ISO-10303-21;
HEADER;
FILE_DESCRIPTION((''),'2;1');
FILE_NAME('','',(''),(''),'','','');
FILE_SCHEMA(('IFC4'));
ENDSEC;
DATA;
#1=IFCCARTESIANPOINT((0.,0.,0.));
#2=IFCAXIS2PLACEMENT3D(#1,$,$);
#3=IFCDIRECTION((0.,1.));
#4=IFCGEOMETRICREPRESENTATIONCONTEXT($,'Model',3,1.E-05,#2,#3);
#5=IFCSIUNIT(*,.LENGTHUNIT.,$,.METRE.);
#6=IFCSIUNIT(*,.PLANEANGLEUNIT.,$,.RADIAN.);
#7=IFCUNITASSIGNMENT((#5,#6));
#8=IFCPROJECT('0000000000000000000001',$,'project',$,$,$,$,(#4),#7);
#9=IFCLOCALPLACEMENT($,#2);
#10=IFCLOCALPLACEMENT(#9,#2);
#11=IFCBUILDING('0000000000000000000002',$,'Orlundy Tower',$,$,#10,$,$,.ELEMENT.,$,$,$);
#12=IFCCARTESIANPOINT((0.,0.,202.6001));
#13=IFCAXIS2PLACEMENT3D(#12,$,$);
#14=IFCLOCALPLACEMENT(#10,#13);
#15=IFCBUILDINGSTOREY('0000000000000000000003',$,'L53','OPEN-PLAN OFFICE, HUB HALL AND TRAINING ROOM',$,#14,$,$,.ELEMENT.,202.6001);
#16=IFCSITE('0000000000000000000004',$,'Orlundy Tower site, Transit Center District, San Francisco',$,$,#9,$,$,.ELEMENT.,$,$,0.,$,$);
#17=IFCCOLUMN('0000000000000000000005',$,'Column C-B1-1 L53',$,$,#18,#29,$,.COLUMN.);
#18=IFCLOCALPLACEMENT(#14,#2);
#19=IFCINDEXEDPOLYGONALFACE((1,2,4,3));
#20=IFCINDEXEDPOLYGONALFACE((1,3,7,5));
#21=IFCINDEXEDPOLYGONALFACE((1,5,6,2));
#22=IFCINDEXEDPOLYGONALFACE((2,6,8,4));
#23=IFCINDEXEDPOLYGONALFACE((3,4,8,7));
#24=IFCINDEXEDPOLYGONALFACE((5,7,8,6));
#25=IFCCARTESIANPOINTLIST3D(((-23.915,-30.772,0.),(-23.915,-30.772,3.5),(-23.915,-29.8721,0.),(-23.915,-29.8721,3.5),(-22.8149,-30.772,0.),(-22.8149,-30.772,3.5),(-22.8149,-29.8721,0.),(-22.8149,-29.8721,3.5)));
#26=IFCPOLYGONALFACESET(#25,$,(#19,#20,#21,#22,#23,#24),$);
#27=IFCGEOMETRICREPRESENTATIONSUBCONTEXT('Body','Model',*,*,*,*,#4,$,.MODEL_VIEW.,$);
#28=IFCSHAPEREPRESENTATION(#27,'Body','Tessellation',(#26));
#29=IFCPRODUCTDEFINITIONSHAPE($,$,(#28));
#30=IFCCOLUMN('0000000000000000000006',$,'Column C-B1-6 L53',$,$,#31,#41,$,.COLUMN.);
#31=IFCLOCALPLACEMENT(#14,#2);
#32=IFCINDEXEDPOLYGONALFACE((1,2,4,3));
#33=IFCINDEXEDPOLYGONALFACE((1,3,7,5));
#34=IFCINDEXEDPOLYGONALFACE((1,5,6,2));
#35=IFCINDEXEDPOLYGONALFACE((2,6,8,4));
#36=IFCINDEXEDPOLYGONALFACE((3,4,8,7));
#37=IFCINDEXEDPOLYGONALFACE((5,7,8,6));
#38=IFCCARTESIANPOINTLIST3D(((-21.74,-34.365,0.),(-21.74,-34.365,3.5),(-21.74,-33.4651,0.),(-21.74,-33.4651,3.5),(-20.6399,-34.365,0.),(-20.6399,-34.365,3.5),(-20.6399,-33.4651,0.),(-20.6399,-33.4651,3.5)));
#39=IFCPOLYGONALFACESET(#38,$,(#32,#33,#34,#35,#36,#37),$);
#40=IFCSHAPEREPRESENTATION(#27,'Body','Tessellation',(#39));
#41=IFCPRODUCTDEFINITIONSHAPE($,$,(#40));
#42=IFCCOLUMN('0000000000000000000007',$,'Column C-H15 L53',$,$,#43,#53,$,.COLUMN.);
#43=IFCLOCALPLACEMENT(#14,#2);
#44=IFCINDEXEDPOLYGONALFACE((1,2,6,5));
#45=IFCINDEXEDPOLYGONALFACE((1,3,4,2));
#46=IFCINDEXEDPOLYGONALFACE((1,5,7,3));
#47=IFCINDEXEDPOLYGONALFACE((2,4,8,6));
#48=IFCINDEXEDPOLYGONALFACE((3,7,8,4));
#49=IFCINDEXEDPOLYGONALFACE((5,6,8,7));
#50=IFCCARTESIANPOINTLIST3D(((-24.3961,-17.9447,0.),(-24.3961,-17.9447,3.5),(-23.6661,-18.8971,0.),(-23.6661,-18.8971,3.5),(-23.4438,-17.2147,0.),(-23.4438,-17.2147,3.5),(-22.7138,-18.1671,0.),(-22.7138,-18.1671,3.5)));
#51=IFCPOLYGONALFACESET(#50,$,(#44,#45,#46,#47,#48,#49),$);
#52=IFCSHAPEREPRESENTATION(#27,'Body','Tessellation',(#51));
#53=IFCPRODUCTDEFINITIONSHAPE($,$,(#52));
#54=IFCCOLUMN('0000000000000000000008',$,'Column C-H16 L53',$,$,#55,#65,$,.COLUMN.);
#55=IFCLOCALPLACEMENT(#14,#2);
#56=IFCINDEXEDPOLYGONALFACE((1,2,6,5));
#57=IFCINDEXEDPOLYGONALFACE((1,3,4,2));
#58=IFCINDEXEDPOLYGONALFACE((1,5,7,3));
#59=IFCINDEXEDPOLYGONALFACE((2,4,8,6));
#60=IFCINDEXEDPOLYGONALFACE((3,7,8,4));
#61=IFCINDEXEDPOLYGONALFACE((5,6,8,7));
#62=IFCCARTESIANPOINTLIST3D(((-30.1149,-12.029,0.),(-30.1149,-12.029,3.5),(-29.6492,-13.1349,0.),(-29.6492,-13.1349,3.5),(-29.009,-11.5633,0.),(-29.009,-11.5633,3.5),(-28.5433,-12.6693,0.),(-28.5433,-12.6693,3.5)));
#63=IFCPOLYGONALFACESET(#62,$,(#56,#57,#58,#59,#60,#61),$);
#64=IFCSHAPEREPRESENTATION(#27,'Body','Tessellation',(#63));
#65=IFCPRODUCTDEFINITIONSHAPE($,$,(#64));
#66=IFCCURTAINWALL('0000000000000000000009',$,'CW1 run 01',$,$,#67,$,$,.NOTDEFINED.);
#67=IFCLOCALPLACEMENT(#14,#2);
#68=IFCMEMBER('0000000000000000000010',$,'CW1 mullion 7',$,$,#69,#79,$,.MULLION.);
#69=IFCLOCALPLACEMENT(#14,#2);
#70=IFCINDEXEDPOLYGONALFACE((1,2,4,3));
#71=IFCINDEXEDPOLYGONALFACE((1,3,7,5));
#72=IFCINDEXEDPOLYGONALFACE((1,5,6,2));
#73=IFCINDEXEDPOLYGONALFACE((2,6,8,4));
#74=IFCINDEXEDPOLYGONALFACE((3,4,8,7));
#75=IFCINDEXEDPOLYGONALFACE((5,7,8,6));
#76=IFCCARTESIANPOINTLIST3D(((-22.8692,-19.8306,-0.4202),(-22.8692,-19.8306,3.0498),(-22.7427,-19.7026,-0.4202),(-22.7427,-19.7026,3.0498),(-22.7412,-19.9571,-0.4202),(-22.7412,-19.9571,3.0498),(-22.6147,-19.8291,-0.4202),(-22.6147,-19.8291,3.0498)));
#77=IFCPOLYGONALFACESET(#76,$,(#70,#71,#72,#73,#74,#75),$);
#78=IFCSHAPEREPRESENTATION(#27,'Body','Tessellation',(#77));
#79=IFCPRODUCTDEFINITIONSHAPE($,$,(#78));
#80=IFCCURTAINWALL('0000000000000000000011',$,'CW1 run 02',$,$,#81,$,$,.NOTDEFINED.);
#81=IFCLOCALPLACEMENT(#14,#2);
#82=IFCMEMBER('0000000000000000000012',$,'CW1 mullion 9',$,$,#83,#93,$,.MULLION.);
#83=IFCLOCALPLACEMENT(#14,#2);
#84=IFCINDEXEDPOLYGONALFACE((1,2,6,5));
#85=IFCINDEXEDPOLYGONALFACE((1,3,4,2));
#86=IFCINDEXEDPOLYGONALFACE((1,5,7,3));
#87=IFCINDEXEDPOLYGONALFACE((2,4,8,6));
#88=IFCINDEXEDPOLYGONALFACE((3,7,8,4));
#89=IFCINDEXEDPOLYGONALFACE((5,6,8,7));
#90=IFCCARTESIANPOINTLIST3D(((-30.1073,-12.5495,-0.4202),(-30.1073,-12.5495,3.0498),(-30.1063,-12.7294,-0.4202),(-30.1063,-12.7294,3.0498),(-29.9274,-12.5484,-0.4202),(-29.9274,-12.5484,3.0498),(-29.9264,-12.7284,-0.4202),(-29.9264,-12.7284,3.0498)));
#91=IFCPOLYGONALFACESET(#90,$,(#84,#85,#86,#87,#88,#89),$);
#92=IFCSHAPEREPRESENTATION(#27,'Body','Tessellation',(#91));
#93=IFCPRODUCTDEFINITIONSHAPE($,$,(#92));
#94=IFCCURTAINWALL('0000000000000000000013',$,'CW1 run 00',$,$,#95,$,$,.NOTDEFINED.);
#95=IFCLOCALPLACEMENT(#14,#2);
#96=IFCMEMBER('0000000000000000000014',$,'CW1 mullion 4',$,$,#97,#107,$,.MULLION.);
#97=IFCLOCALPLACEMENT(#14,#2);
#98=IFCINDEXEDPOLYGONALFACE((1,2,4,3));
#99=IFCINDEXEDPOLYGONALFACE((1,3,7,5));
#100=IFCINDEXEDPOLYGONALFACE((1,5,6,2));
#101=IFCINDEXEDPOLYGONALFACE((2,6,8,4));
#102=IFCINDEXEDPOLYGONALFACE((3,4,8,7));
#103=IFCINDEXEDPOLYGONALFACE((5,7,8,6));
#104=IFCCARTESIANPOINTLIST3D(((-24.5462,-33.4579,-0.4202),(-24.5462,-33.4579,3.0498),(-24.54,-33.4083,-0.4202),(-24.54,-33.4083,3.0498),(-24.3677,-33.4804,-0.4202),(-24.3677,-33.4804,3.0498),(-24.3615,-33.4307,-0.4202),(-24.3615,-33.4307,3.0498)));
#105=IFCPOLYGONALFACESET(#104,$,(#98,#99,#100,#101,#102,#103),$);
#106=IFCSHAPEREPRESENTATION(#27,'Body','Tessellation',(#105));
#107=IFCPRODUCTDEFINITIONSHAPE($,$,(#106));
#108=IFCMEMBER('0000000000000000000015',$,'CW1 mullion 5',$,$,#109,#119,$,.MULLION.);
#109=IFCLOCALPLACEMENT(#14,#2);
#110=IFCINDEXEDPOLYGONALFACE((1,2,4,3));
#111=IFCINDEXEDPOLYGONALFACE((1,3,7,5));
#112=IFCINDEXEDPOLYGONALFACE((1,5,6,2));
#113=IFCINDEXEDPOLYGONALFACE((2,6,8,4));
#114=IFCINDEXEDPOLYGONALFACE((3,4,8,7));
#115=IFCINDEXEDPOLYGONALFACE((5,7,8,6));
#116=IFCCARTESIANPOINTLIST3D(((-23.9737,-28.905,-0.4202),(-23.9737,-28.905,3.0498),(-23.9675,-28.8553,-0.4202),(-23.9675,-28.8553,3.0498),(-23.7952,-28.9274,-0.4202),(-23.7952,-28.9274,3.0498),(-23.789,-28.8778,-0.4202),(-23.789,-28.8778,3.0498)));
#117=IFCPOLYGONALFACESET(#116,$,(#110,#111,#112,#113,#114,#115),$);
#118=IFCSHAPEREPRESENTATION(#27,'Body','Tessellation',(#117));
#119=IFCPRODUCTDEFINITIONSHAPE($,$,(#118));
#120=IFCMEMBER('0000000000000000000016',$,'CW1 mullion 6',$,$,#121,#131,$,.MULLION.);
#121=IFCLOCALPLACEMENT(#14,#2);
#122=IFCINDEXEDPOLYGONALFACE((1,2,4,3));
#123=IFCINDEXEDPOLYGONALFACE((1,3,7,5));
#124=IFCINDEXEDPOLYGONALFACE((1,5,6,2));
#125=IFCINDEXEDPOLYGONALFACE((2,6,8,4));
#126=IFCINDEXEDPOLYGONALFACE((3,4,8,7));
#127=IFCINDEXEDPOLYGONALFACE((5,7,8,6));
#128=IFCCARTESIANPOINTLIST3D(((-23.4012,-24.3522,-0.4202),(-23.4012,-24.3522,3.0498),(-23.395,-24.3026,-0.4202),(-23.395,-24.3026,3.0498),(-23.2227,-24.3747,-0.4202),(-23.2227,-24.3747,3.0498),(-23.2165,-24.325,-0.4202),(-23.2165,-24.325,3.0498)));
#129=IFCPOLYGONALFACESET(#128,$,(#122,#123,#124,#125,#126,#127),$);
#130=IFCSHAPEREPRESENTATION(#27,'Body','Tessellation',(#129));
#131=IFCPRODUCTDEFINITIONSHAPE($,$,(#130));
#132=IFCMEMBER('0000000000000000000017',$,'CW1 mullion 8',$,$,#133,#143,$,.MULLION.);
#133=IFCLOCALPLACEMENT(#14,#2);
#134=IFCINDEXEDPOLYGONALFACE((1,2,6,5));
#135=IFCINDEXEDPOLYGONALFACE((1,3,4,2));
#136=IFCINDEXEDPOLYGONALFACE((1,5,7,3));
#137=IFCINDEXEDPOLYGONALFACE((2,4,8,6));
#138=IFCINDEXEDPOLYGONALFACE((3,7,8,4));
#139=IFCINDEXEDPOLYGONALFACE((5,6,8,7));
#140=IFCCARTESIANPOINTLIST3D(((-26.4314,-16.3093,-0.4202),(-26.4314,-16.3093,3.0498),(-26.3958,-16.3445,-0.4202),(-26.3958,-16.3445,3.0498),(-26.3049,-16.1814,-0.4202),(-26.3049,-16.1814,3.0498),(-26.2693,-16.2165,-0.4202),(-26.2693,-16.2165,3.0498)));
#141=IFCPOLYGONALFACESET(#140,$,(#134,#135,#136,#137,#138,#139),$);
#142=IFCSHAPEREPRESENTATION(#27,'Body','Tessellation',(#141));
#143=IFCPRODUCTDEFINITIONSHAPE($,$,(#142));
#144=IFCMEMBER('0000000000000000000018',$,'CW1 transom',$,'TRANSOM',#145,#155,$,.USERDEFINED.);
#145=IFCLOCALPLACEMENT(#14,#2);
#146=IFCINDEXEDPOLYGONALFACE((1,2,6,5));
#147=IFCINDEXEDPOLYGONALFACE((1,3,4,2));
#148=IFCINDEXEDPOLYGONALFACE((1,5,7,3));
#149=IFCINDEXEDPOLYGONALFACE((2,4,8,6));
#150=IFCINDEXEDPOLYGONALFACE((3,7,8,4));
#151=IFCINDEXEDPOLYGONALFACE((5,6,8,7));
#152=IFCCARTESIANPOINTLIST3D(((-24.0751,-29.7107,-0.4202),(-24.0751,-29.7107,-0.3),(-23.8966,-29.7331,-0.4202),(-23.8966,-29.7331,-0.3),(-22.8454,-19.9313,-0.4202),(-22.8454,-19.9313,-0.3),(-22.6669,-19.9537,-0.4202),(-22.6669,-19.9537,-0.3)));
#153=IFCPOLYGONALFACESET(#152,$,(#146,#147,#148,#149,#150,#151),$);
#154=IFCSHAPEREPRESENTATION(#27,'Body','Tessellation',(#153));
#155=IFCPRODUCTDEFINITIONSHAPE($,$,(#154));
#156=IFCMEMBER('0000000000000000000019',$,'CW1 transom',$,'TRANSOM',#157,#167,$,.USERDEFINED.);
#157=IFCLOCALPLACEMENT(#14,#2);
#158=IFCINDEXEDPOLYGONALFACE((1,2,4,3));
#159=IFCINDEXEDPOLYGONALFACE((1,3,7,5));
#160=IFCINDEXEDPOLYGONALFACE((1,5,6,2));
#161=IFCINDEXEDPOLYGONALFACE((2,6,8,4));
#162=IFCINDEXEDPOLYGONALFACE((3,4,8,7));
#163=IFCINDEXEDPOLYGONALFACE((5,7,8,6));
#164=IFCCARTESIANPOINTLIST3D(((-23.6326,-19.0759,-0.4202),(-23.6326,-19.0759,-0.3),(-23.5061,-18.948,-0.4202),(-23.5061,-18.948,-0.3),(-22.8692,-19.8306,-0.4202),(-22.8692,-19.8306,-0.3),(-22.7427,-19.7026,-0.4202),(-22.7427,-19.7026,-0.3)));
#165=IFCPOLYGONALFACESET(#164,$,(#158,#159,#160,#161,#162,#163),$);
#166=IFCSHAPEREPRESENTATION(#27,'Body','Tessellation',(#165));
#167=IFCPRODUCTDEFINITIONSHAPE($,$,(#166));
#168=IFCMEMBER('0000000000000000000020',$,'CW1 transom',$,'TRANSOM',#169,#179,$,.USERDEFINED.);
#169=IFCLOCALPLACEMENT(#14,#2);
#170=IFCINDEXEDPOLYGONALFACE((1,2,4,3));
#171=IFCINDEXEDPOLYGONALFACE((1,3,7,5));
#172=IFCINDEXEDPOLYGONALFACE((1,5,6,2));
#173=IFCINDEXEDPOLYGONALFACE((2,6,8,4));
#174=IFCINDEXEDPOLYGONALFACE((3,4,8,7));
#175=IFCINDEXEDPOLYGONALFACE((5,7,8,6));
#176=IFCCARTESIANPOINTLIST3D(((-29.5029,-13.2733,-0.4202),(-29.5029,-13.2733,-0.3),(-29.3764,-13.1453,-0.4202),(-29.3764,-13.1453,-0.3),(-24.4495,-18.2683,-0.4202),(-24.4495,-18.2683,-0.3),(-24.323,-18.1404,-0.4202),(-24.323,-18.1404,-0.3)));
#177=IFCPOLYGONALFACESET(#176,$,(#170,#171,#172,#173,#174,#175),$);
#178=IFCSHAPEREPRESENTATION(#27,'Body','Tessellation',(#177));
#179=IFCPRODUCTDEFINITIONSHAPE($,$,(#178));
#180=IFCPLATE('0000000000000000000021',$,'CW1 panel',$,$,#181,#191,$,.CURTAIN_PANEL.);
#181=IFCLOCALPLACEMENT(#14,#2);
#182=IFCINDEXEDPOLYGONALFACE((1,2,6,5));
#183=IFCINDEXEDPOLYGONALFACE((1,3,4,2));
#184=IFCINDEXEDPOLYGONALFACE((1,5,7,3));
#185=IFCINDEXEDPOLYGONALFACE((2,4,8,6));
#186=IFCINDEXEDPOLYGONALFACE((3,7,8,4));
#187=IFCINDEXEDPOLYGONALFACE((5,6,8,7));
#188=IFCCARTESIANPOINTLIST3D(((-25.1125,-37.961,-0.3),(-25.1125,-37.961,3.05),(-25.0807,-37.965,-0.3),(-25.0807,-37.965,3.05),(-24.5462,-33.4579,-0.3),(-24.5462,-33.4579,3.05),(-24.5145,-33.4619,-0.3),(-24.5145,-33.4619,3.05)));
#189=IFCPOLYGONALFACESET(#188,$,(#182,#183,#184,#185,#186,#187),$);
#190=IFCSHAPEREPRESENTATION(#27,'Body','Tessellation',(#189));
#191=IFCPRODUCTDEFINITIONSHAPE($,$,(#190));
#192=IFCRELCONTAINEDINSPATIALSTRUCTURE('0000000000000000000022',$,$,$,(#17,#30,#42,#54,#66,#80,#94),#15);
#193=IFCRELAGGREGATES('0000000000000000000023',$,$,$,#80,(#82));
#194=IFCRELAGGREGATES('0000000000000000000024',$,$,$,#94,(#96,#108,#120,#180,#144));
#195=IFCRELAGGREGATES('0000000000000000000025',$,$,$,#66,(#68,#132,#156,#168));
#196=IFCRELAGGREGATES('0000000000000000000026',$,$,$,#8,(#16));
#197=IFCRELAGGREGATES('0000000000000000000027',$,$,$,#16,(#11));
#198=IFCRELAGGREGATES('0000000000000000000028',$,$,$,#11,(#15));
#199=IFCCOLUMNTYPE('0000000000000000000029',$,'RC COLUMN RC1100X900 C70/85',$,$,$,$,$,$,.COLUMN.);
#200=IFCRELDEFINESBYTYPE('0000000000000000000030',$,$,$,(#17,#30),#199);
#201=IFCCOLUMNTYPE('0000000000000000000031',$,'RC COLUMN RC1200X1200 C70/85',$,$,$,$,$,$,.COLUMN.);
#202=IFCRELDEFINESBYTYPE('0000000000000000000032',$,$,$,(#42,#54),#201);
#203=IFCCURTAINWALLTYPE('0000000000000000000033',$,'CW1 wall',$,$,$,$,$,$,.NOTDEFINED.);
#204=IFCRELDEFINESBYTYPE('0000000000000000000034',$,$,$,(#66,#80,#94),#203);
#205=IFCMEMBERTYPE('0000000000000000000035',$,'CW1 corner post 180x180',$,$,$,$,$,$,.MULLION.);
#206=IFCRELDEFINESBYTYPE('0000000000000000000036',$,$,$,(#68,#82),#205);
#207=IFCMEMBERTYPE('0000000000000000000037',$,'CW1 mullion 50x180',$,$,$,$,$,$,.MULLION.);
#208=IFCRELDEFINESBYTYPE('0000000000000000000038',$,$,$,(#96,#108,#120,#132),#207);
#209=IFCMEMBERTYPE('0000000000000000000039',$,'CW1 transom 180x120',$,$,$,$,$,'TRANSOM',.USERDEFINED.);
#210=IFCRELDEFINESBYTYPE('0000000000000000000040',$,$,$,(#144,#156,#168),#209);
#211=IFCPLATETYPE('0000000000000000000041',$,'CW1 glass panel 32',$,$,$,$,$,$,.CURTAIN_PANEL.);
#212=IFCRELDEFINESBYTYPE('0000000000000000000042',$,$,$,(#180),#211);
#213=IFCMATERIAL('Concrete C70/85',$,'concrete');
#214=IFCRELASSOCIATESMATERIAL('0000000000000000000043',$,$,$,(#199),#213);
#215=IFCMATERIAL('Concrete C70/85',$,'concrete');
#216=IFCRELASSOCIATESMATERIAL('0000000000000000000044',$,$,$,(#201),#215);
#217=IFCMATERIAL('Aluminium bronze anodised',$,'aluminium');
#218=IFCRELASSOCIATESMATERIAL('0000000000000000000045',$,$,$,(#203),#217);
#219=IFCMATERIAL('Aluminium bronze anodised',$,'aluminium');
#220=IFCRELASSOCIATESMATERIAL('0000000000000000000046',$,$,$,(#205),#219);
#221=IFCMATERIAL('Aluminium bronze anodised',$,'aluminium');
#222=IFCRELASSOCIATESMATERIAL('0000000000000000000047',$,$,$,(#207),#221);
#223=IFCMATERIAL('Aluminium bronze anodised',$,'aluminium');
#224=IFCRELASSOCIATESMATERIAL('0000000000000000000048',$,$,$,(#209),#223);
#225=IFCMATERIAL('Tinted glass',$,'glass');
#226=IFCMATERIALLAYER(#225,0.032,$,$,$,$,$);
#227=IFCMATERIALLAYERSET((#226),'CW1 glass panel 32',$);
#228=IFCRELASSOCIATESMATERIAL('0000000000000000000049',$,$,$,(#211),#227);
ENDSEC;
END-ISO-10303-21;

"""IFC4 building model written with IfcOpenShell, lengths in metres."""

from ifc_helpers import new_model, si_unit, direction, frame, origin, origin_2d, place, context, subcontext, project, spatial, rectangle, extrude, material, layer, layer_set, material_profile, profile_set, type_object, element, aggregate, save


model = new_model("IFC4")

# Units and contexts
model_context = context("Model", 3, precision=1e-05, world=origin(), true_north=direction((0.0, 1.0)))
body_context = subcontext(model_context, "Body", "Model", "MODEL_VIEW")
ifc_project = project(units=[si_unit("LENGTHUNIT", "METRE"), si_unit("PLANEANGLEUNIT", "RADIAN")], contexts=[model_context])

# Site, building, storey
site_placement = place(None, origin())
site = spatial("IfcSite", under=ifc_project, at=site_placement, Name="Orlundy Tower site, Transit Center District, San Francisco", CompositionType="ELEMENT", RefElevation=0.0)
building_placement = place(site_placement, origin())
building = spatial("IfcBuilding", under=site, at=building_placement, Name="Orlundy Tower", CompositionType="ELEMENT")
storey_placement = place(building_placement, frame((0.0, 0.0, 202.6001)))
storey = spatial("IfcBuildingStorey", under=building, at=storey_placement, Name="L53", Description="OPEN-PLAN OFFICE, HUB HALL AND TRAINING ROOM", CompositionType="ELEMENT", Elevation=202.6001)

# Columns
ifc_material_1 = material(Name="Concrete C70/85", Category="concrete")
ifc_material_profile_1 = material_profile(ifc_material_1, rectangle(XDim=1.1001, YDim=0.8999, at=origin_2d()), Name="RC1100X900")
ifc_profile_set_1 = profile_set([ifc_material_profile_1], Name="Concrete C70/85")
column_type_1 = type_object("IfcColumnType", Name="RC COLUMN RC1100X900 C70/85", PredefinedType="COLUMN", material=ifc_profile_set_1)
for number, where, z_axis, x_axis, name in (
    (1, (-23.365, -30.322, 0.0), (0.0, 0.0, 1.0), (1.0, 0.0, 0.0), "Column C-B1-1 L53"),
    (2, (-21.1899, -33.915, 0.0), (0.0, 0.0, 1.0), (1.0, 0.0, 0.0), "Column C-B1-6 L53"),
):
    element("IfcColumn", number, at=place(storey_placement, frame(where, z_axis=z_axis, x_axis=x_axis)), inside=storey, type_object=column_type_1, Name=name, PredefinedType="COLUMN", context=body_context, shape_type="SweptSolid", body=[
        extrude(rectangle(XDim=1.1001, YDim=0.8999, at=origin_2d()), origin(), (0.0, 0.0, 1.0), 3.5),
    ])
ifc_material_2 = material(Name="Concrete C70/85", Category="concrete")
ifc_material_profile_2 = material_profile(ifc_material_2, rectangle(XDim=1.2, YDim=1.2, at=origin_2d()), Name="RC1200X1200")
ifc_profile_set_2 = profile_set([ifc_material_profile_2], Name="Concrete C70/85")
column_type_2 = type_object("IfcColumnType", Name="RC COLUMN RC1200X1200 C70/85", PredefinedType="COLUMN", material=ifc_profile_set_2)
for number, where, z_axis, x_axis, name in (
    (3, (-23.5549, -18.0559, 0.0), (0.0, 0.0, 1.0), (-0.793651, -0.608374, 0.0), "Column C-H15 L53"),
    (4, (-29.3291, -12.3491, 0.0), (0.0, 0.0, 1.0), (-0.921633, -0.388063, 0.0), "Column C-H16 L53"),
):
    element("IfcColumn", number, at=place(storey_placement, frame(where, z_axis=z_axis, x_axis=x_axis)), inside=storey, type_object=column_type_2, Name=name, PredefinedType="COLUMN", context=body_context, shape_type="SweptSolid", body=[
        extrude(rectangle(XDim=1.2, YDim=1.2, at=origin_2d()), origin(), (0.0, 0.0, 1.0), 3.5),
    ])

# Curtain walls, members
ifc_material_3 = material(Name="Aluminium bronze anodised", Category="aluminium")
curtain_wall_type = type_object("IfcCurtainWallType", Name="CW1 wall", PredefinedType="NOTDEFINED", material=ifc_material_3)
curtain_wall_1_placement = place(storey_placement, origin())
curtain_wall_1 = element("IfcCurtainWall", 5, at=curtain_wall_1_placement, inside=storey, type_object=curtain_wall_type, Name="CW1 run 01", PredefinedType="NOTDEFINED")
ifc_material_4 = material(Name="Aluminium bronze anodised", Category="aluminium")
ifc_material_profile_3 = material_profile(ifc_material_4, rectangle(XDim=0.1799, YDim=0.1799, at=origin_2d()), Name="CW1 corner post 180x180")
ifc_profile_set_3 = profile_set([ifc_material_profile_3], Name="Aluminium bronze anodised")
member_type_1 = type_object("IfcMemberType", Name="CW1 corner post 180x180", PredefinedType="MULLION", material=ifc_profile_set_3)
member_1_placement = place(storey_placement, frame((-22.7419, -19.8298, -0.4202), z_axis=(0.0, 0.0, 1.0), x_axis=(-0.702992, -0.711198, 0.0)))
member_1 = element("IfcMember", 6, at=member_1_placement, type_object=member_type_1, Name="CW1 mullion 7", PredefinedType="MULLION", context=body_context, shape_type="SweptSolid", body=[
    extrude(rectangle(XDim=0.1799, YDim=0.1799, at=origin_2d()), origin(), (0.0, 0.0, 1.0), 3.47),
])
curtain_wall_2_placement = place(storey_placement, origin())
curtain_wall_2 = element("IfcCurtainWall", 7, at=curtain_wall_2_placement, inside=storey, type_object=curtain_wall_type, Name="CW1 run 02", PredefinedType="NOTDEFINED")
member_2_placement = place(storey_placement, frame((-30.0168, -12.6389, -0.4202), z_axis=(0.0, 0.0, 1.0), x_axis=(-0.999983, -0.005834, 0.0)))
member_2 = element("IfcMember", 8, at=member_2_placement, type_object=member_type_1, Name="CW1 mullion 9", PredefinedType="MULLION", context=body_context, shape_type="SweptSolid", body=[
    extrude(rectangle(XDim=0.1799, YDim=0.1799, at=origin_2d()), origin(), (0.0, 0.0, 1.0), 3.47),
])
aggregate(curtain_wall_2, [member_2])

# Curtain wall, members
curtain_wall_3_placement = place(storey_placement, origin())
curtain_wall_3 = element("IfcCurtainWall", 9, at=curtain_wall_3_placement, inside=storey, type_object=curtain_wall_type, Name="CW1 run 00", PredefinedType="NOTDEFINED")
ifc_material_5 = material(Name="Aluminium bronze anodised", Category="aluminium")
ifc_material_profile_4 = material_profile(ifc_material_5, rectangle(XDim=0.1799, YDim=0.05, at=origin_2d()), Name="CW1 mullion 50x180")
ifc_profile_set_4 = profile_set([ifc_material_profile_4], Name="Aluminium bronze anodised")
member_type_2 = type_object("IfcMemberType", Name="CW1 mullion 50x180", PredefinedType="MULLION", material=ifc_profile_set_4)
member_3_placement = place(storey_placement, frame((-24.4539, -33.4443, -0.4202), z_axis=(0.0, 0.0, 1.0), x_axis=(-0.992187, 0.124763, 0.0)))
member_3 = element("IfcMember", 10, at=member_3_placement, type_object=member_type_2, Name="CW1 mullion 4", PredefinedType="MULLION", context=body_context, shape_type="SweptSolid", body=[
    extrude(rectangle(XDim=0.1799, YDim=0.05, at=origin_2d()), origin(), (0.0, 0.0, 1.0), 3.47),
])
member_4_placement = place(storey_placement, frame((-23.8813, -28.8914, -0.4202), z_axis=(0.0, 0.0, 1.0), x_axis=(-0.992187, 0.124763, 0.0)))
member_4 = element("IfcMember", 11, at=member_4_placement, type_object=member_type_2, Name="CW1 mullion 5", PredefinedType="MULLION", context=body_context, shape_type="SweptSolid", body=[
    extrude(rectangle(XDim=0.1799, YDim=0.05, at=origin_2d()), origin(), (0.0, 0.0, 1.0), 3.47),
])
member_5_placement = place(storey_placement, frame((-23.3088, -24.3386, -0.4202), z_axis=(0.0, 0.0, 1.0), x_axis=(-0.992187, 0.124763, 0.0)))
member_5 = element("IfcMember", 12, at=member_5_placement, type_object=member_type_2, Name="CW1 mullion 6", PredefinedType="MULLION", context=body_context, shape_type="SweptSolid", body=[
    extrude(rectangle(XDim=0.1799, YDim=0.05, at=origin_2d()), origin(), (0.0, 0.0, 1.0), 3.47),
])

# Members
member_6_placement = place(storey_placement, frame((-26.3503, -16.2629, -0.4202), z_axis=(0.0, 0.0, 1.0), x_axis=(-0.702992, -0.711198, 0.0)))
member_6 = element("IfcMember", 13, at=member_6_placement, type_object=member_type_2, Name="CW1 mullion 8", PredefinedType="MULLION", context=body_context, shape_type="SweptSolid", body=[
    extrude(rectangle(XDim=0.1799, YDim=0.05, at=origin_2d()), origin(), (0.0, 0.0, 1.0), 3.47),
])
ifc_material_6 = material(Name="Aluminium bronze anodised", Category="aluminium")
ifc_material_profile_5 = material_profile(ifc_material_6, rectangle(XDim=0.1799, YDim=0.1201, at=origin_2d()), Name="CW1 transom 180x120")
ifc_profile_set_5 = profile_set([ifc_material_profile_5], Name="Aluminium bronze anodised")
member_type_3 = type_object("IfcMemberType", Name="CW1 transom 180x120", ElementType="TRANSOM", PredefinedType="USERDEFINED", material=ifc_profile_set_5)
member_7_placement = place(storey_placement, frame((-23.9858, -29.7219, -0.3601), z_axis=(0.124763, 0.992187, 0.0), x_axis=(-0.992187, 0.124763, 0.0)))
member_7 = element("IfcMember", 14, at=member_7_placement, type_object=member_type_3, Name="CW1 transom", ObjectType="TRANSOM", PredefinedType="USERDEFINED", context=body_context, shape_type="SweptSolid", body=[
    extrude(rectangle(XDim=0.1799, YDim=0.1201, at=origin_2d()), origin(), (0.0, 0.0, 1.0), 9.8564),
])
member_8_placement = place(storey_placement, frame((-22.8059, -19.7666, -0.3601), z_axis=(-0.711189, 0.703001, 0.0), x_axis=(-0.703001, -0.711189, 0.0)))
member_8 = element("IfcMember", 15, at=member_8_placement, type_object=member_type_3, Name="CW1 transom", ObjectType="TRANSOM", PredefinedType="USERDEFINED", context=body_context, shape_type="SweptSolid", body=[
    extrude(rectangle(XDim=0.1799, YDim=0.1201, at=origin_2d()), origin(), (0.0, 0.0, 1.0), 1.0735),
])
member_9_placement = place(storey_placement, frame((-24.3862, -18.2043, -0.3601), z_axis=(-0.711201, 0.702989, 0.0), x_axis=(-0.702989, -0.711201, 0.0)))
member_9 = element("IfcMember", 16, at=member_9_placement, type_object=member_type_3, Name="CW1 transom", ObjectType="TRANSOM", PredefinedType="USERDEFINED", context=body_context, shape_type="SweptSolid", body=[
    extrude(rectangle(XDim=0.1799, YDim=0.1201, at=origin_2d()), origin(), (0.0, 0.0, 1.0), 7.1055),
])

# Plate
ifc_material_7 = material(Name="Tinted glass", Category="glass")
ifc_layer_1 = layer(ifc_material_7, 0.032)
ifc_layer_set_1 = layer_set([ifc_layer_1], Name="CW1 glass panel 32")
plate_type = type_object("IfcPlateType", Name="CW1 glass panel 32", PredefinedType="CURTAIN_PANEL", material=ifc_layer_set_1)
plate_1_placement = place(storey_placement, frame((-24.8135, -35.7114, -0.3), z_axis=(0.0, 0.0, 1.0), x_axis=(0.124763, 0.992187, 0.0)))
plate_1 = element("IfcPlate", 17, at=plate_1_placement, type_object=plate_type, Name="CW1 panel", PredefinedType="CURTAIN_PANEL", context=body_context, shape_type="SweptSolid", body=[
    extrude(rectangle(XDim=4.5386, YDim=0.032, at=origin_2d()), origin(), (0.0, 0.0, 1.0), 3.3501),
])
aggregate(curtain_wall_3, [member_3, member_4, member_5, plate_1, member_7])
aggregate(curtain_wall_1, [member_1, member_6, member_8, member_9])

save(model, "model.ifc")
